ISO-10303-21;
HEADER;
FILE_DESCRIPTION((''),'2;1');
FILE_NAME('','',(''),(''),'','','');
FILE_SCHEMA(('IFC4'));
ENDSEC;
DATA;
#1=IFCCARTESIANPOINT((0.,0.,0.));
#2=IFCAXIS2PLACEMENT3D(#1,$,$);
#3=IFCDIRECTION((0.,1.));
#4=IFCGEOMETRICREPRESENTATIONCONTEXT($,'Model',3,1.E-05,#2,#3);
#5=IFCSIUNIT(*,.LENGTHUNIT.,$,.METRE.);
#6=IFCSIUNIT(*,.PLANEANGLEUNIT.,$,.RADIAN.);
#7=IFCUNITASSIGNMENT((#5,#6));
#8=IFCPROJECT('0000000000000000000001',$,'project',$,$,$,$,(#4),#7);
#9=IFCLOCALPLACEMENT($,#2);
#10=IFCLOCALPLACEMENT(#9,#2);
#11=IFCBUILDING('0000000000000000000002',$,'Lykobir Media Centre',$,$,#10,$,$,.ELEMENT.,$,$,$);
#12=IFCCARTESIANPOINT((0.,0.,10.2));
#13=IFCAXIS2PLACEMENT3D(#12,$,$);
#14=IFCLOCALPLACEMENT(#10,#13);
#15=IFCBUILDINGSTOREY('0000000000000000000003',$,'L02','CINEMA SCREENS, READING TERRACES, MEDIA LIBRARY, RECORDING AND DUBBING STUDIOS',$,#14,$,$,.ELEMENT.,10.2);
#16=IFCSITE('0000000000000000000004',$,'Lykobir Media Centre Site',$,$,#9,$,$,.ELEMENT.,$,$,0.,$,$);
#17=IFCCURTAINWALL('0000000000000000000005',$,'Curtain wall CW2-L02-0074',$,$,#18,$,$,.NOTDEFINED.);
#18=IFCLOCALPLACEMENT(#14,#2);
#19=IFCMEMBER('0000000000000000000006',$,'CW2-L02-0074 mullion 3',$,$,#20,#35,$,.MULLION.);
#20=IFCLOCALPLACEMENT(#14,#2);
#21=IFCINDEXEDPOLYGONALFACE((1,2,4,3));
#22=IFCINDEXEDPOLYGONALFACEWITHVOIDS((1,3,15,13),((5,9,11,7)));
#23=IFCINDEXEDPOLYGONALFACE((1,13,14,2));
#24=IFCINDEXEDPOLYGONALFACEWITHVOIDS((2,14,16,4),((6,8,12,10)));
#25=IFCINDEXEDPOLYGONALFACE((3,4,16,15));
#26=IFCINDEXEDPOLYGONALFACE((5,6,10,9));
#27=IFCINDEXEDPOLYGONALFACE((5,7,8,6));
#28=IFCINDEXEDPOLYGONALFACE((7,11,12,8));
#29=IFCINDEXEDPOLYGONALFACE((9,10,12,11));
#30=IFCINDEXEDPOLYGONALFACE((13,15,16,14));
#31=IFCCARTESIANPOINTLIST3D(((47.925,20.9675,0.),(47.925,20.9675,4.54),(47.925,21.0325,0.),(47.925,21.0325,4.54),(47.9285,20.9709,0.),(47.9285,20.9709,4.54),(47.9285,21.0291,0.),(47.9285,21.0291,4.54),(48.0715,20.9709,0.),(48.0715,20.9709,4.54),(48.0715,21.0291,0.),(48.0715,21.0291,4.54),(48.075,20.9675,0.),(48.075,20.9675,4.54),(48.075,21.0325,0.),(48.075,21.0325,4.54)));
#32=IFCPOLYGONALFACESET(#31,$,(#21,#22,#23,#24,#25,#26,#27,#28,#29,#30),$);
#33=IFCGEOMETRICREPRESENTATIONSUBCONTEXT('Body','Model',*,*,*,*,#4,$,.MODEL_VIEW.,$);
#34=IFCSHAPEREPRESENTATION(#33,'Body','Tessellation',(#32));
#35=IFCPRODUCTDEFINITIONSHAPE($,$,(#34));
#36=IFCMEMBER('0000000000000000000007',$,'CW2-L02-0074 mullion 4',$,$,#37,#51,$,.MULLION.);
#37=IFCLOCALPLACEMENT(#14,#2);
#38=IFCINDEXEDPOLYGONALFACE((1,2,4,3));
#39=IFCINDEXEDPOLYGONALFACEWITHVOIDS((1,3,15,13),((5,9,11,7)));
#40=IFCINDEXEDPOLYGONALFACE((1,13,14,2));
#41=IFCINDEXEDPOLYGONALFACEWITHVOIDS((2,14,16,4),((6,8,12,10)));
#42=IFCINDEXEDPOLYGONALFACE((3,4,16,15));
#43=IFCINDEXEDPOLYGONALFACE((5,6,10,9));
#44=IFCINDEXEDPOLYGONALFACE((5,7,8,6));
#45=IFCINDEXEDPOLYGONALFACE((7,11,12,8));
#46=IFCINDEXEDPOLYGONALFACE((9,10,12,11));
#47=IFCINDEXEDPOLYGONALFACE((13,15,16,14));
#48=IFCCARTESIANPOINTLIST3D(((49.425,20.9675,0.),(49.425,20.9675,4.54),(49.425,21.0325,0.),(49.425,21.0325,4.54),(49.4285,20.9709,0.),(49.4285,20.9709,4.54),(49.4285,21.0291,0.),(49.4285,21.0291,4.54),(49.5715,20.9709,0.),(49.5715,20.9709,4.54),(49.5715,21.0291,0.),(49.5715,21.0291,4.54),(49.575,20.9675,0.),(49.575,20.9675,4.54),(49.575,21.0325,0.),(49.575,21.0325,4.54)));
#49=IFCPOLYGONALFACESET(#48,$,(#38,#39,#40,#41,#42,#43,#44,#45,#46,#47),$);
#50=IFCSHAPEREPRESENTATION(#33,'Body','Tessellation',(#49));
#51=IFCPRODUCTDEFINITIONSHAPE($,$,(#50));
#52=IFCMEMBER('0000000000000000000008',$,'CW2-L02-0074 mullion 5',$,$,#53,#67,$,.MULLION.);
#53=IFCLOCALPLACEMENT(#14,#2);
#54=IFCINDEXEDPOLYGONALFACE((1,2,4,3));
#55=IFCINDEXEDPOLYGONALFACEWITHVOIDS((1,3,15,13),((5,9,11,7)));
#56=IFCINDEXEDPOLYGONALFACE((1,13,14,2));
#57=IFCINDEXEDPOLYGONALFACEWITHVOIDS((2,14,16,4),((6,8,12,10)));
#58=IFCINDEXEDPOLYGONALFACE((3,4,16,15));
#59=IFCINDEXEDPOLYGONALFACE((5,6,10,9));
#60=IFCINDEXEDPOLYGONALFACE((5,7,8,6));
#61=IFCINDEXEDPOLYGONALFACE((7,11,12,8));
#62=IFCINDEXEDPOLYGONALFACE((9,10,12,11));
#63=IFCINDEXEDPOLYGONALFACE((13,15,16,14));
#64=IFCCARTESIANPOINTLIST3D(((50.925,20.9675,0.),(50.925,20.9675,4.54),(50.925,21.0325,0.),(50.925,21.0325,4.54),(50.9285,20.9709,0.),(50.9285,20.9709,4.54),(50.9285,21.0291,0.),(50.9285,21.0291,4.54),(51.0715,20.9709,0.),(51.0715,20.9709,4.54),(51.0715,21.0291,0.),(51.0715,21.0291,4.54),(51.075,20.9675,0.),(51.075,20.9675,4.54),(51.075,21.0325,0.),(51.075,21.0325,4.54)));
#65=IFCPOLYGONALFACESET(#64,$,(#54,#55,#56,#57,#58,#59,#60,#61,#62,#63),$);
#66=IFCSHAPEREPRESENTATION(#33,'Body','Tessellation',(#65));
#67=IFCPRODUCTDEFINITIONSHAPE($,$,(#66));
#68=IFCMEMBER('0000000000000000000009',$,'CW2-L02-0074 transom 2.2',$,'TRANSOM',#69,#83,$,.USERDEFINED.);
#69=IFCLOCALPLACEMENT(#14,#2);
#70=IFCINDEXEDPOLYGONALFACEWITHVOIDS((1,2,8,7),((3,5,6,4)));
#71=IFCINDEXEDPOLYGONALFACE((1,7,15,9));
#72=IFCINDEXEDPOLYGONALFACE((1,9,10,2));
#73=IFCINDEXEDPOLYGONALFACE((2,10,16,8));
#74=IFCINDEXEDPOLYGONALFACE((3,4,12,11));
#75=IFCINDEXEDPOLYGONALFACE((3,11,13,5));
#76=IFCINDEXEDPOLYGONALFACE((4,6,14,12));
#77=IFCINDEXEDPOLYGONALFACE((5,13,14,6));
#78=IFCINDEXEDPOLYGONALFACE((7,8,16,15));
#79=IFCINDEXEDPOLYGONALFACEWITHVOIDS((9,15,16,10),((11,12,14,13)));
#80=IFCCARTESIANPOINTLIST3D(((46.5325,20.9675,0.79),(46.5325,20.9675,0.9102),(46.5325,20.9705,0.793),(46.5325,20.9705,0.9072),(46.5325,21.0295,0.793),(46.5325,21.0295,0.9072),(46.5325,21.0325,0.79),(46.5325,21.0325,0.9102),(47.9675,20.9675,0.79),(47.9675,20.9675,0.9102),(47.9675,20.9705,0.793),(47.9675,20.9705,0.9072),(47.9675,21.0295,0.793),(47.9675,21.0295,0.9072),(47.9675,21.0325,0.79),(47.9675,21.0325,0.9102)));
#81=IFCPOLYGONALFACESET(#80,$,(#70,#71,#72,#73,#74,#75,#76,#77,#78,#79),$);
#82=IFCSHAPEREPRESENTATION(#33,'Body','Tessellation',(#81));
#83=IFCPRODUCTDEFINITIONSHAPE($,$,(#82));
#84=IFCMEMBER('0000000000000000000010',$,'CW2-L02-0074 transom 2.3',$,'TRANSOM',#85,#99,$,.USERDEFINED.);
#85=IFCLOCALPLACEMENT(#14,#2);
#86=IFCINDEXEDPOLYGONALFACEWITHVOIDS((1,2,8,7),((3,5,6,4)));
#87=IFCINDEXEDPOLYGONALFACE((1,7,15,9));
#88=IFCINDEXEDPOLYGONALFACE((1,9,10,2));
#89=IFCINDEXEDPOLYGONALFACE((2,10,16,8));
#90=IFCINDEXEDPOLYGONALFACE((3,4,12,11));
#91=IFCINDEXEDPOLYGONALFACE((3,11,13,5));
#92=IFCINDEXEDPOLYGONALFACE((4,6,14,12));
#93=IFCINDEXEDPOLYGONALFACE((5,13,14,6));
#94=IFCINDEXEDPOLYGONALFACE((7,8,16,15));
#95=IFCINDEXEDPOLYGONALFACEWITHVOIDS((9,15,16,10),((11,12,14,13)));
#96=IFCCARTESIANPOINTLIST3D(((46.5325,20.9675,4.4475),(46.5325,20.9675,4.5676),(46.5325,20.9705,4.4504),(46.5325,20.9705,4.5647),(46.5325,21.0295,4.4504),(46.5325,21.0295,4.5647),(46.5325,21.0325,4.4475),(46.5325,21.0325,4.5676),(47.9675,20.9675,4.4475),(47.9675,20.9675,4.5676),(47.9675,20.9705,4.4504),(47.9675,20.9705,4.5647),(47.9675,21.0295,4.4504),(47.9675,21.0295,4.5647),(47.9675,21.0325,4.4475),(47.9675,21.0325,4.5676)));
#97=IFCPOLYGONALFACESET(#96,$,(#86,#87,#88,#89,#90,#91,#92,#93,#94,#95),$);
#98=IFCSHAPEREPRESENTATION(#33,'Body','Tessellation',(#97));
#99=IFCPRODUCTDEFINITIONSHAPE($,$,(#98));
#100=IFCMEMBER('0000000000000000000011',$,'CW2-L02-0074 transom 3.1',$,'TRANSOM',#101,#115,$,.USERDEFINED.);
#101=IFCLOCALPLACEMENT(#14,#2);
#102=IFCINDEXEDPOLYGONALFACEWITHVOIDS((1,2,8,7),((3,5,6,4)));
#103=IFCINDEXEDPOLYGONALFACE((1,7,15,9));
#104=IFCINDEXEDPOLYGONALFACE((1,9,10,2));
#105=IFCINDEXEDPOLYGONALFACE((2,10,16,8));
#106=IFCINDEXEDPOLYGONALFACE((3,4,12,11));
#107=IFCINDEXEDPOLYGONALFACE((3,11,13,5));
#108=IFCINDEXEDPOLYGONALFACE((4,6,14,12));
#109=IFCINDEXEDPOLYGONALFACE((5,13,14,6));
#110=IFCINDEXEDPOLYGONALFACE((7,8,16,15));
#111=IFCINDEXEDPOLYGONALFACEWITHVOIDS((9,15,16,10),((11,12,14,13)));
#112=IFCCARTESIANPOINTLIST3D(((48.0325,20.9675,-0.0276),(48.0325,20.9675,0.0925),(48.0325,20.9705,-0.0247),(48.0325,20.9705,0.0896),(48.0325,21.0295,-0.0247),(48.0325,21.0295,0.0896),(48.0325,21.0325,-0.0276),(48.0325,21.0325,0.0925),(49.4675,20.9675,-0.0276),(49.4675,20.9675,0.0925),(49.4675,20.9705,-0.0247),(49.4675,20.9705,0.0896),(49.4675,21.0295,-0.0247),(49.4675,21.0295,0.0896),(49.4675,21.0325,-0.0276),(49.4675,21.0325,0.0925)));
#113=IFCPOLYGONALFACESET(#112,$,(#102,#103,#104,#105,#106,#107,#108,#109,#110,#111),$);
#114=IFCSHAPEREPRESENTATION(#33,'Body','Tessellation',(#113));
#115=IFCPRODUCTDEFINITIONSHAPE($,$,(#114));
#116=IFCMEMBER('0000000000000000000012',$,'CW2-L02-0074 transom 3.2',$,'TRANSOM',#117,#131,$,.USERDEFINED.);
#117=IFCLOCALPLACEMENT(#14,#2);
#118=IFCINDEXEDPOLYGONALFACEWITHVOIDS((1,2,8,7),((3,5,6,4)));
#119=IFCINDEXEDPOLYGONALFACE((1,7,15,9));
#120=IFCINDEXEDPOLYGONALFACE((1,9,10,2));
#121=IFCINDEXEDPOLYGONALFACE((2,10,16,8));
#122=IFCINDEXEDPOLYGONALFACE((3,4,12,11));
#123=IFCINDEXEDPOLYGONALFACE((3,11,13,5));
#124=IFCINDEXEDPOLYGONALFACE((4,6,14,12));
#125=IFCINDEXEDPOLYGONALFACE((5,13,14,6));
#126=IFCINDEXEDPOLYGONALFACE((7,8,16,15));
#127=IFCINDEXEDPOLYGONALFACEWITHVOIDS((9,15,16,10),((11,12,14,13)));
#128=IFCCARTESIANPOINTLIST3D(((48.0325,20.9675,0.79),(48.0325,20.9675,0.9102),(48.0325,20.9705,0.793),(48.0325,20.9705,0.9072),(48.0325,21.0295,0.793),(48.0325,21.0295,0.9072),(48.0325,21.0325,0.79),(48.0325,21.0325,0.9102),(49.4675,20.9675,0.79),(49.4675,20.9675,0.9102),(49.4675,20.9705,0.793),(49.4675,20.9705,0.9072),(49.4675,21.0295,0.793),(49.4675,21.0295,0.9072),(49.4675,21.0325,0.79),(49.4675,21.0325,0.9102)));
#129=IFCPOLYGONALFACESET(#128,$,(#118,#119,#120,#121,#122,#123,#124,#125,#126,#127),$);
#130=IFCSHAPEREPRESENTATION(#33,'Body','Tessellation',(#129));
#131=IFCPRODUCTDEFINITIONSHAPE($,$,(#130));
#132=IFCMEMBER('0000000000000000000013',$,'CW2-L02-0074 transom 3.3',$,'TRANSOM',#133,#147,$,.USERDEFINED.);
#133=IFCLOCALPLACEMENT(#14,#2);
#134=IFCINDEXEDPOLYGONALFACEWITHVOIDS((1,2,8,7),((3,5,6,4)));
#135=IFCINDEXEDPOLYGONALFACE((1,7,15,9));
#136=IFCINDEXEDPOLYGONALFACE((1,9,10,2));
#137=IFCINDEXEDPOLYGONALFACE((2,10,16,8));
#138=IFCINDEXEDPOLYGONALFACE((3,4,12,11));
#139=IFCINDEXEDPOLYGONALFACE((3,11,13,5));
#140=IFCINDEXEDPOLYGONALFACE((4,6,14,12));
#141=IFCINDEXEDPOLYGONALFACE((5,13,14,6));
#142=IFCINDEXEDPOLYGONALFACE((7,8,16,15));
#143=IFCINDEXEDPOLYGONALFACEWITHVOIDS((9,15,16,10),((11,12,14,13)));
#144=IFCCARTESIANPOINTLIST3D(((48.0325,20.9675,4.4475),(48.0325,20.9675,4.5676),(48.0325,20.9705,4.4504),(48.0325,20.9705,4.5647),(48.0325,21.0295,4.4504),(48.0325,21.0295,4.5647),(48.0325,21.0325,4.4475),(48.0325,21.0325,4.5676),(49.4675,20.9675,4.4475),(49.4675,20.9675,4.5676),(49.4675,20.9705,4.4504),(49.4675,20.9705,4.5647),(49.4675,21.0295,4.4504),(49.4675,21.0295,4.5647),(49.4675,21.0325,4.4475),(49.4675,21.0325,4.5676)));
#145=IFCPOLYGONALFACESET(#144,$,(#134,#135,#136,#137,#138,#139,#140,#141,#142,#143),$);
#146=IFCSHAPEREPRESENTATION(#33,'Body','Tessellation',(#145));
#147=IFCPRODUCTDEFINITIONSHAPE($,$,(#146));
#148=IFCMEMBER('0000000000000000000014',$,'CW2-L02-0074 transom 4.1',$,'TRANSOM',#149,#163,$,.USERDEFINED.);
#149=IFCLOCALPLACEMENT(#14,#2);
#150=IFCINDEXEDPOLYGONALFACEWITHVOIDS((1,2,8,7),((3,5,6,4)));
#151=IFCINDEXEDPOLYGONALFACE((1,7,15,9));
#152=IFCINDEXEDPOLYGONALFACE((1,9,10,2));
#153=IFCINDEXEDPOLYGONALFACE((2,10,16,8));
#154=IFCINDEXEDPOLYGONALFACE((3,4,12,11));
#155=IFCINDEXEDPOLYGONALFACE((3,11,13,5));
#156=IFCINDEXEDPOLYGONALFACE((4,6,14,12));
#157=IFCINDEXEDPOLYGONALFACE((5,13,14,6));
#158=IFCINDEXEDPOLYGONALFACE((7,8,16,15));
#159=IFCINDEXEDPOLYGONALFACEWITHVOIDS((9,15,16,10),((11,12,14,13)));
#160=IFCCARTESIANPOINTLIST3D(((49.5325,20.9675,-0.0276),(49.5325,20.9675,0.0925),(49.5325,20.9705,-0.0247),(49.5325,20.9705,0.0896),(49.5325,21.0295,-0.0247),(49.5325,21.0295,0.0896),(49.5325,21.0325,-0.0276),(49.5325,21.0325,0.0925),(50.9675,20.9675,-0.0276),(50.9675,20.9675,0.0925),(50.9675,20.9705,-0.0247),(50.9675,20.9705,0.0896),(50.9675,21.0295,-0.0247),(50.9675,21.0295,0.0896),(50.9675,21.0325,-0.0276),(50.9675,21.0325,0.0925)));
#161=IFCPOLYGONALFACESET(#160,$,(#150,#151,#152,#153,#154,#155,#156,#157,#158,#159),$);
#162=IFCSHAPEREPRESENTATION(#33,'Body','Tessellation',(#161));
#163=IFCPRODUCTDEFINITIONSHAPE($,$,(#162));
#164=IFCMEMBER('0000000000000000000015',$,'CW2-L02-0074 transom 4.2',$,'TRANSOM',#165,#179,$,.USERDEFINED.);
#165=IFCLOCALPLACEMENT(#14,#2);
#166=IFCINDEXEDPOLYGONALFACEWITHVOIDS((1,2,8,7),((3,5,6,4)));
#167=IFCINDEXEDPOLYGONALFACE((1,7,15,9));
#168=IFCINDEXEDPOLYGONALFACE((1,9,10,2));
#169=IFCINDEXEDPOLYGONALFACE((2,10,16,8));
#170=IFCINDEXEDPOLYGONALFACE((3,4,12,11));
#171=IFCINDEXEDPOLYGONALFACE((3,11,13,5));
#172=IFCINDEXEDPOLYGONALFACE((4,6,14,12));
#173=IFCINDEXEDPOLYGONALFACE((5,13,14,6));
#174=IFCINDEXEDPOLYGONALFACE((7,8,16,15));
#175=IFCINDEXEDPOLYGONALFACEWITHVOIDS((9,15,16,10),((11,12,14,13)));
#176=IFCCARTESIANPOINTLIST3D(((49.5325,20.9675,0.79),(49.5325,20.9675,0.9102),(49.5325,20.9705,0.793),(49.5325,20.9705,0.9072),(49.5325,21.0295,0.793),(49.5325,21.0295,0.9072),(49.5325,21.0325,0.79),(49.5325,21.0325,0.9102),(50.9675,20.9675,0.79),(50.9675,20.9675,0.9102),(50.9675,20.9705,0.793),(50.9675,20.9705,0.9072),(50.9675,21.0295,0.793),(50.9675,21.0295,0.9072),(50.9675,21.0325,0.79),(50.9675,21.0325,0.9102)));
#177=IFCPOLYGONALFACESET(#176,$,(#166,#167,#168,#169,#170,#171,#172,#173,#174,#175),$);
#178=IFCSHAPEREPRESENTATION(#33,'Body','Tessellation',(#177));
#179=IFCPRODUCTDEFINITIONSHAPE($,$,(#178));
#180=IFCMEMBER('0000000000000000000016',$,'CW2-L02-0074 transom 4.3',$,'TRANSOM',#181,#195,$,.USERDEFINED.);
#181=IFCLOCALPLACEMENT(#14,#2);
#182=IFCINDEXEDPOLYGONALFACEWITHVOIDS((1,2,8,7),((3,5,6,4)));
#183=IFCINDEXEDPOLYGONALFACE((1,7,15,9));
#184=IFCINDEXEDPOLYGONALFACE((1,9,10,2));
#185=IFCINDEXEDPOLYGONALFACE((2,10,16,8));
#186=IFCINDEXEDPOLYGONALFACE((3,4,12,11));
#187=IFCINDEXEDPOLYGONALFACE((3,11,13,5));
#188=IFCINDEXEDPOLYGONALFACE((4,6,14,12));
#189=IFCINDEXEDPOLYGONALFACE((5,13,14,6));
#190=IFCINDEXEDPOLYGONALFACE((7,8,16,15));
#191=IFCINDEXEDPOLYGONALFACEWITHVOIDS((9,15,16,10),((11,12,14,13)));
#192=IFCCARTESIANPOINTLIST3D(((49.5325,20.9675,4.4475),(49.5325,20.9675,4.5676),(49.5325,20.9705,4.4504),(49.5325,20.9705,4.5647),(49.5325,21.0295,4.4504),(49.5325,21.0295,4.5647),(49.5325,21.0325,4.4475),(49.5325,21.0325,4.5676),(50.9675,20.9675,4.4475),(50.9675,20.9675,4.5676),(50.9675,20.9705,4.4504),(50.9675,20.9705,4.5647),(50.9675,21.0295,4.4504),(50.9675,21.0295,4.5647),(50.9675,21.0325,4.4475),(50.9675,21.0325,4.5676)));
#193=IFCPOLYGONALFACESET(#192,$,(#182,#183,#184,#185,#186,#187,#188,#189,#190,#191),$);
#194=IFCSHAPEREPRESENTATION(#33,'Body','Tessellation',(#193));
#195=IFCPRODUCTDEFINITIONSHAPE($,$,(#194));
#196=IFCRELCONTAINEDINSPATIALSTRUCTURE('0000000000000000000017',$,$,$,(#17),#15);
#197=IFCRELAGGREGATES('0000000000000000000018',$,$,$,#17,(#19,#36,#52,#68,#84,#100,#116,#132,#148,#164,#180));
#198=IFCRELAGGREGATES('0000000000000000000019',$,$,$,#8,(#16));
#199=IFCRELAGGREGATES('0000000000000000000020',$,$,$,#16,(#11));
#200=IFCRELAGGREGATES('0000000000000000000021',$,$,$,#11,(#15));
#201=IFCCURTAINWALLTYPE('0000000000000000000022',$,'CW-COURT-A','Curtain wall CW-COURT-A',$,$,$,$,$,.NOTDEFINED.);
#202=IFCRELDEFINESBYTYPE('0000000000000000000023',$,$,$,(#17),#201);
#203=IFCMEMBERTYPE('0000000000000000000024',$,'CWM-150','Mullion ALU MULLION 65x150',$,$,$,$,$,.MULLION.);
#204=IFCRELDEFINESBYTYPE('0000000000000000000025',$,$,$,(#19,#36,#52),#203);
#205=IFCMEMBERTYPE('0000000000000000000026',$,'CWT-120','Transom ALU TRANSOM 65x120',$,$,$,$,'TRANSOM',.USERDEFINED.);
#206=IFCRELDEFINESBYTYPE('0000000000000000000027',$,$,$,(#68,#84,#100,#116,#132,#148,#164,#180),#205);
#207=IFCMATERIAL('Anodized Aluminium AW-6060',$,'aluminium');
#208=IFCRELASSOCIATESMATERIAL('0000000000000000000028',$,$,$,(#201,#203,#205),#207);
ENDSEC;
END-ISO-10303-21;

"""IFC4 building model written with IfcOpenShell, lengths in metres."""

from ifc_helpers import new_model, si_unit, direction, frame, origin, origin_2d, place, context, subcontext, project, spatial, hollow_rectangle, extrude, material, material_profile, profile_set, type_object, element, aggregate, save


model = new_model("IFC4")

# Units and contexts
model_context = context("Model", 3, precision=1e-05, world=origin(), true_north=direction((0.0, 1.0)))
body_context = subcontext(model_context, "Body", "Model", "MODEL_VIEW")
ifc_project = project(units=[si_unit("LENGTHUNIT", "METRE"), si_unit("PLANEANGLEUNIT", "RADIAN")], contexts=[model_context])

# Site, building, storey
site_placement = place(None, origin())
site = spatial("IfcSite", under=ifc_project, at=site_placement, Name="Lykobir Media Centre Site", CompositionType="ELEMENT", RefElevation=0.0)
building_placement = place(site_placement, origin())
building = spatial("IfcBuilding", under=site, at=building_placement, Name="Lykobir Media Centre", CompositionType="ELEMENT")
storey_placement = place(building_placement, frame((0.0, 0.0, 10.2)))
storey = spatial("IfcBuildingStorey", under=building, at=storey_placement, Name="L02", Description="CINEMA SCREENS, READING TERRACES, MEDIA LIBRARY, RECORDING AND DUBBING STUDIOS", CompositionType="ELEMENT", Elevation=10.2)

# Curtain wall, members
ifc_material_1 = material(Name="Anodized Aluminium AW-6060", Category="aluminium")
curtain_wall_type = type_object("IfcCurtainWallType", Name="CW-COURT-A", Description="Curtain wall CW-COURT-A", PredefinedType="NOTDEFINED", material=ifc_material_1)
curtain_wall_placement = place(storey_placement, origin())
curtain_wall = element("IfcCurtainWall", 1, at=curtain_wall_placement, inside=storey, type_object=curtain_wall_type, Name="Curtain wall CW2-L02-0074", PredefinedType="NOTDEFINED")
ifc_material_profile_1 = material_profile(ifc_material_1, hollow_rectangle(XDim=0.0649, YDim=0.1499, WallThickness=0.0034, at=origin_2d()), Name="ALU MULLION 65x150")
ifc_profile_set_1 = profile_set([ifc_material_profile_1], Name="Anodized Aluminium AW-6060")
member_type_1 = type_object("IfcMemberType", Name="CWM-150", Description="Mullion ALU MULLION 65x150", PredefinedType="MULLION", material=ifc_profile_set_1)
member_1_placement = place(storey_placement, frame((48.0, 21.0, 0.0), z_axis=(0.0, 0.0, 1.0), x_axis=(0.0, 1.0, 0.0)))
member_1 = element("IfcMember", 2, at=member_1_placement, type_object=member_type_1, Name="CW2-L02-0074 mullion 3", PredefinedType="MULLION", context=body_context, shape_type="SweptSolid", body=[
    extrude(hollow_rectangle(XDim=0.0649, YDim=0.1499, WallThickness=0.0034, at=origin_2d()), origin(), (0.0, 0.0, 1.0), 4.54),
])
member_2_placement = place(storey_placement, frame((49.5, 21.0, 0.0), z_axis=(0.0, 0.0, 1.0), x_axis=(0.0, 1.0, 0.0)))
member_2 = element("IfcMember", 3, at=member_2_placement, type_object=member_type_1, Name="CW2-L02-0074 mullion 4", PredefinedType="MULLION", context=body_context, shape_type="SweptSolid", body=[
    extrude(hollow_rectangle(XDim=0.0649, YDim=0.1499, WallThickness=0.0034, at=origin_2d()), origin(), (0.0, 0.0, 1.0), 4.54),
])
member_3_placement = place(storey_placement, frame((51.0, 21.0, 0.0), z_axis=(0.0, 0.0, 1.0), x_axis=(0.0, 1.0, 0.0)))
member_3 = element("IfcMember", 4, at=member_3_placement, type_object=member_type_1, Name="CW2-L02-0074 mullion 5", PredefinedType="MULLION", context=body_context, shape_type="SweptSolid", body=[
    extrude(hollow_rectangle(XDim=0.0649, YDim=0.1499, WallThickness=0.0034, at=origin_2d()), origin(), (0.0, 0.0, 1.0), 4.54),
])
ifc_material_profile_2 = material_profile(ifc_material_1, hollow_rectangle(XDim=0.0649, YDim=0.1201, WallThickness=0.0029, at=origin_2d()), Name="ALU TRANSOM 65x120")
ifc_profile_set_2 = profile_set([ifc_material_profile_2], Name="Anodized Aluminium AW-6060")
member_type_2 = type_object("IfcMemberType", Name="CWT-120", Description="Transom ALU TRANSOM 65x120", ElementType="TRANSOM", PredefinedType="USERDEFINED", material=ifc_profile_set_2)
member_4_placement = place(storey_placement, frame((46.5325, 21.0, 0.8501), z_axis=(1.0, 0.0, 0.0), x_axis=(0.0, 1.0, 0.0)))
member_4 = element("IfcMember", 5, at=member_4_placement, type_object=member_type_2, Name="CW2-L02-0074 transom 2.2", ObjectType="TRANSOM", PredefinedType="USERDEFINED", context=body_context, shape_type="SweptSolid", body=[
    extrude(hollow_rectangle(XDim=0.0649, YDim=0.1201, WallThickness=0.0029, at=origin_2d()), origin(), (0.0, 0.0, 1.0), 1.4351),
])
member_5_placement = place(storey_placement, frame((46.5325, 21.0, 4.5076), z_axis=(1.0, 0.0, 0.0), x_axis=(0.0, 1.0, 0.0)))
member_5 = element("IfcMember", 6, at=member_5_placement, type_object=member_type_2, Name="CW2-L02-0074 transom 2.3", ObjectType="TRANSOM", PredefinedType="USERDEFINED", context=body_context, shape_type="SweptSolid", body=[
    extrude(hollow_rectangle(XDim=0.0649, YDim=0.1201, WallThickness=0.0029, at=origin_2d()), origin(), (0.0, 0.0, 1.0), 1.4351),
])
member_6_placement = place(storey_placement, frame((48.0325, 21.0, 0.0325), z_axis=(1.0, 0.0, 0.0), x_axis=(0.0, 1.0, 0.0)))
member_6 = element("IfcMember", 7, at=member_6_placement, type_object=member_type_2, Name="CW2-L02-0074 transom 3.1", ObjectType="TRANSOM", PredefinedType="USERDEFINED", context=body_context, shape_type="SweptSolid", body=[
    extrude(hollow_rectangle(XDim=0.0649, YDim=0.1201, WallThickness=0.0029, at=origin_2d()), origin(), (0.0, 0.0, 1.0), 1.4351),
])
member_7_placement = place(storey_placement, frame((48.0325, 21.0, 0.8501), z_axis=(1.0, 0.0, 0.0), x_axis=(0.0, 1.0, 0.0)))
member_7 = element("IfcMember", 8, at=member_7_placement, type_object=member_type_2, Name="CW2-L02-0074 transom 3.2", ObjectType="TRANSOM", PredefinedType="USERDEFINED", context=body_context, shape_type="SweptSolid", body=[
    extrude(hollow_rectangle(XDim=0.0649, YDim=0.1201, WallThickness=0.0029, at=origin_2d()), origin(), (0.0, 0.0, 1.0), 1.4351),
])
member_8_placement = place(storey_placement, frame((48.0325, 21.0, 4.5076), z_axis=(1.0, 0.0, 0.0), x_axis=(0.0, 1.0, 0.0)))
member_8 = element("IfcMember", 9, at=member_8_placement, type_object=member_type_2, Name="CW2-L02-0074 transom 3.3", ObjectType="TRANSOM", PredefinedType="USERDEFINED", context=body_context, shape_type="SweptSolid", body=[
    extrude(hollow_rectangle(XDim=0.0649, YDim=0.1201, WallThickness=0.0029, at=origin_2d()), origin(), (0.0, 0.0, 1.0), 1.4351),
])
member_9_placement = place(storey_placement, frame((49.5325, 21.0, 0.0325), z_axis=(1.0, 0.0, 0.0), x_axis=(0.0, 1.0, 0.0)))
member_9 = element("IfcMember", 10, at=member_9_placement, type_object=member_type_2, Name="CW2-L02-0074 transom 4.1", ObjectType="TRANSOM", PredefinedType="USERDEFINED", context=body_context, shape_type="SweptSolid", body=[
    extrude(hollow_rectangle(XDim=0.0649, YDim=0.1201, WallThickness=0.0029, at=origin_2d()), origin(), (0.0, 0.0, 1.0), 1.4351),
])
member_10_placement = place(storey_placement, frame((49.5325, 21.0, 0.8501), z_axis=(1.0, 0.0, 0.0), x_axis=(0.0, 1.0, 0.0)))
member_10 = element("IfcMember", 11, at=member_10_placement, type_object=member_type_2, Name="CW2-L02-0074 transom 4.2", ObjectType="TRANSOM", PredefinedType="USERDEFINED", context=body_context, shape_type="SweptSolid", body=[
    extrude(hollow_rectangle(XDim=0.0649, YDim=0.1201, WallThickness=0.0029, at=origin_2d()), origin(), (0.0, 0.0, 1.0), 1.4351),
])
member_11_placement = place(storey_placement, frame((49.5325, 21.0, 4.5076), z_axis=(1.0, 0.0, 0.0), x_axis=(0.0, 1.0, 0.0)))
member_11 = element("IfcMember", 12, at=member_11_placement, type_object=member_type_2, Name="CW2-L02-0074 transom 4.3", ObjectType="TRANSOM", PredefinedType="USERDEFINED", context=body_context, shape_type="SweptSolid", body=[
    extrude(hollow_rectangle(XDim=0.0649, YDim=0.1201, WallThickness=0.0029, at=origin_2d()), origin(), (0.0, 0.0, 1.0), 1.4351),
])
aggregate(curtain_wall, [member_1, member_2, member_3, member_4, member_5, member_6, member_7, member_8, member_9, member_10, member_11])

save(model, "model.ifc")
